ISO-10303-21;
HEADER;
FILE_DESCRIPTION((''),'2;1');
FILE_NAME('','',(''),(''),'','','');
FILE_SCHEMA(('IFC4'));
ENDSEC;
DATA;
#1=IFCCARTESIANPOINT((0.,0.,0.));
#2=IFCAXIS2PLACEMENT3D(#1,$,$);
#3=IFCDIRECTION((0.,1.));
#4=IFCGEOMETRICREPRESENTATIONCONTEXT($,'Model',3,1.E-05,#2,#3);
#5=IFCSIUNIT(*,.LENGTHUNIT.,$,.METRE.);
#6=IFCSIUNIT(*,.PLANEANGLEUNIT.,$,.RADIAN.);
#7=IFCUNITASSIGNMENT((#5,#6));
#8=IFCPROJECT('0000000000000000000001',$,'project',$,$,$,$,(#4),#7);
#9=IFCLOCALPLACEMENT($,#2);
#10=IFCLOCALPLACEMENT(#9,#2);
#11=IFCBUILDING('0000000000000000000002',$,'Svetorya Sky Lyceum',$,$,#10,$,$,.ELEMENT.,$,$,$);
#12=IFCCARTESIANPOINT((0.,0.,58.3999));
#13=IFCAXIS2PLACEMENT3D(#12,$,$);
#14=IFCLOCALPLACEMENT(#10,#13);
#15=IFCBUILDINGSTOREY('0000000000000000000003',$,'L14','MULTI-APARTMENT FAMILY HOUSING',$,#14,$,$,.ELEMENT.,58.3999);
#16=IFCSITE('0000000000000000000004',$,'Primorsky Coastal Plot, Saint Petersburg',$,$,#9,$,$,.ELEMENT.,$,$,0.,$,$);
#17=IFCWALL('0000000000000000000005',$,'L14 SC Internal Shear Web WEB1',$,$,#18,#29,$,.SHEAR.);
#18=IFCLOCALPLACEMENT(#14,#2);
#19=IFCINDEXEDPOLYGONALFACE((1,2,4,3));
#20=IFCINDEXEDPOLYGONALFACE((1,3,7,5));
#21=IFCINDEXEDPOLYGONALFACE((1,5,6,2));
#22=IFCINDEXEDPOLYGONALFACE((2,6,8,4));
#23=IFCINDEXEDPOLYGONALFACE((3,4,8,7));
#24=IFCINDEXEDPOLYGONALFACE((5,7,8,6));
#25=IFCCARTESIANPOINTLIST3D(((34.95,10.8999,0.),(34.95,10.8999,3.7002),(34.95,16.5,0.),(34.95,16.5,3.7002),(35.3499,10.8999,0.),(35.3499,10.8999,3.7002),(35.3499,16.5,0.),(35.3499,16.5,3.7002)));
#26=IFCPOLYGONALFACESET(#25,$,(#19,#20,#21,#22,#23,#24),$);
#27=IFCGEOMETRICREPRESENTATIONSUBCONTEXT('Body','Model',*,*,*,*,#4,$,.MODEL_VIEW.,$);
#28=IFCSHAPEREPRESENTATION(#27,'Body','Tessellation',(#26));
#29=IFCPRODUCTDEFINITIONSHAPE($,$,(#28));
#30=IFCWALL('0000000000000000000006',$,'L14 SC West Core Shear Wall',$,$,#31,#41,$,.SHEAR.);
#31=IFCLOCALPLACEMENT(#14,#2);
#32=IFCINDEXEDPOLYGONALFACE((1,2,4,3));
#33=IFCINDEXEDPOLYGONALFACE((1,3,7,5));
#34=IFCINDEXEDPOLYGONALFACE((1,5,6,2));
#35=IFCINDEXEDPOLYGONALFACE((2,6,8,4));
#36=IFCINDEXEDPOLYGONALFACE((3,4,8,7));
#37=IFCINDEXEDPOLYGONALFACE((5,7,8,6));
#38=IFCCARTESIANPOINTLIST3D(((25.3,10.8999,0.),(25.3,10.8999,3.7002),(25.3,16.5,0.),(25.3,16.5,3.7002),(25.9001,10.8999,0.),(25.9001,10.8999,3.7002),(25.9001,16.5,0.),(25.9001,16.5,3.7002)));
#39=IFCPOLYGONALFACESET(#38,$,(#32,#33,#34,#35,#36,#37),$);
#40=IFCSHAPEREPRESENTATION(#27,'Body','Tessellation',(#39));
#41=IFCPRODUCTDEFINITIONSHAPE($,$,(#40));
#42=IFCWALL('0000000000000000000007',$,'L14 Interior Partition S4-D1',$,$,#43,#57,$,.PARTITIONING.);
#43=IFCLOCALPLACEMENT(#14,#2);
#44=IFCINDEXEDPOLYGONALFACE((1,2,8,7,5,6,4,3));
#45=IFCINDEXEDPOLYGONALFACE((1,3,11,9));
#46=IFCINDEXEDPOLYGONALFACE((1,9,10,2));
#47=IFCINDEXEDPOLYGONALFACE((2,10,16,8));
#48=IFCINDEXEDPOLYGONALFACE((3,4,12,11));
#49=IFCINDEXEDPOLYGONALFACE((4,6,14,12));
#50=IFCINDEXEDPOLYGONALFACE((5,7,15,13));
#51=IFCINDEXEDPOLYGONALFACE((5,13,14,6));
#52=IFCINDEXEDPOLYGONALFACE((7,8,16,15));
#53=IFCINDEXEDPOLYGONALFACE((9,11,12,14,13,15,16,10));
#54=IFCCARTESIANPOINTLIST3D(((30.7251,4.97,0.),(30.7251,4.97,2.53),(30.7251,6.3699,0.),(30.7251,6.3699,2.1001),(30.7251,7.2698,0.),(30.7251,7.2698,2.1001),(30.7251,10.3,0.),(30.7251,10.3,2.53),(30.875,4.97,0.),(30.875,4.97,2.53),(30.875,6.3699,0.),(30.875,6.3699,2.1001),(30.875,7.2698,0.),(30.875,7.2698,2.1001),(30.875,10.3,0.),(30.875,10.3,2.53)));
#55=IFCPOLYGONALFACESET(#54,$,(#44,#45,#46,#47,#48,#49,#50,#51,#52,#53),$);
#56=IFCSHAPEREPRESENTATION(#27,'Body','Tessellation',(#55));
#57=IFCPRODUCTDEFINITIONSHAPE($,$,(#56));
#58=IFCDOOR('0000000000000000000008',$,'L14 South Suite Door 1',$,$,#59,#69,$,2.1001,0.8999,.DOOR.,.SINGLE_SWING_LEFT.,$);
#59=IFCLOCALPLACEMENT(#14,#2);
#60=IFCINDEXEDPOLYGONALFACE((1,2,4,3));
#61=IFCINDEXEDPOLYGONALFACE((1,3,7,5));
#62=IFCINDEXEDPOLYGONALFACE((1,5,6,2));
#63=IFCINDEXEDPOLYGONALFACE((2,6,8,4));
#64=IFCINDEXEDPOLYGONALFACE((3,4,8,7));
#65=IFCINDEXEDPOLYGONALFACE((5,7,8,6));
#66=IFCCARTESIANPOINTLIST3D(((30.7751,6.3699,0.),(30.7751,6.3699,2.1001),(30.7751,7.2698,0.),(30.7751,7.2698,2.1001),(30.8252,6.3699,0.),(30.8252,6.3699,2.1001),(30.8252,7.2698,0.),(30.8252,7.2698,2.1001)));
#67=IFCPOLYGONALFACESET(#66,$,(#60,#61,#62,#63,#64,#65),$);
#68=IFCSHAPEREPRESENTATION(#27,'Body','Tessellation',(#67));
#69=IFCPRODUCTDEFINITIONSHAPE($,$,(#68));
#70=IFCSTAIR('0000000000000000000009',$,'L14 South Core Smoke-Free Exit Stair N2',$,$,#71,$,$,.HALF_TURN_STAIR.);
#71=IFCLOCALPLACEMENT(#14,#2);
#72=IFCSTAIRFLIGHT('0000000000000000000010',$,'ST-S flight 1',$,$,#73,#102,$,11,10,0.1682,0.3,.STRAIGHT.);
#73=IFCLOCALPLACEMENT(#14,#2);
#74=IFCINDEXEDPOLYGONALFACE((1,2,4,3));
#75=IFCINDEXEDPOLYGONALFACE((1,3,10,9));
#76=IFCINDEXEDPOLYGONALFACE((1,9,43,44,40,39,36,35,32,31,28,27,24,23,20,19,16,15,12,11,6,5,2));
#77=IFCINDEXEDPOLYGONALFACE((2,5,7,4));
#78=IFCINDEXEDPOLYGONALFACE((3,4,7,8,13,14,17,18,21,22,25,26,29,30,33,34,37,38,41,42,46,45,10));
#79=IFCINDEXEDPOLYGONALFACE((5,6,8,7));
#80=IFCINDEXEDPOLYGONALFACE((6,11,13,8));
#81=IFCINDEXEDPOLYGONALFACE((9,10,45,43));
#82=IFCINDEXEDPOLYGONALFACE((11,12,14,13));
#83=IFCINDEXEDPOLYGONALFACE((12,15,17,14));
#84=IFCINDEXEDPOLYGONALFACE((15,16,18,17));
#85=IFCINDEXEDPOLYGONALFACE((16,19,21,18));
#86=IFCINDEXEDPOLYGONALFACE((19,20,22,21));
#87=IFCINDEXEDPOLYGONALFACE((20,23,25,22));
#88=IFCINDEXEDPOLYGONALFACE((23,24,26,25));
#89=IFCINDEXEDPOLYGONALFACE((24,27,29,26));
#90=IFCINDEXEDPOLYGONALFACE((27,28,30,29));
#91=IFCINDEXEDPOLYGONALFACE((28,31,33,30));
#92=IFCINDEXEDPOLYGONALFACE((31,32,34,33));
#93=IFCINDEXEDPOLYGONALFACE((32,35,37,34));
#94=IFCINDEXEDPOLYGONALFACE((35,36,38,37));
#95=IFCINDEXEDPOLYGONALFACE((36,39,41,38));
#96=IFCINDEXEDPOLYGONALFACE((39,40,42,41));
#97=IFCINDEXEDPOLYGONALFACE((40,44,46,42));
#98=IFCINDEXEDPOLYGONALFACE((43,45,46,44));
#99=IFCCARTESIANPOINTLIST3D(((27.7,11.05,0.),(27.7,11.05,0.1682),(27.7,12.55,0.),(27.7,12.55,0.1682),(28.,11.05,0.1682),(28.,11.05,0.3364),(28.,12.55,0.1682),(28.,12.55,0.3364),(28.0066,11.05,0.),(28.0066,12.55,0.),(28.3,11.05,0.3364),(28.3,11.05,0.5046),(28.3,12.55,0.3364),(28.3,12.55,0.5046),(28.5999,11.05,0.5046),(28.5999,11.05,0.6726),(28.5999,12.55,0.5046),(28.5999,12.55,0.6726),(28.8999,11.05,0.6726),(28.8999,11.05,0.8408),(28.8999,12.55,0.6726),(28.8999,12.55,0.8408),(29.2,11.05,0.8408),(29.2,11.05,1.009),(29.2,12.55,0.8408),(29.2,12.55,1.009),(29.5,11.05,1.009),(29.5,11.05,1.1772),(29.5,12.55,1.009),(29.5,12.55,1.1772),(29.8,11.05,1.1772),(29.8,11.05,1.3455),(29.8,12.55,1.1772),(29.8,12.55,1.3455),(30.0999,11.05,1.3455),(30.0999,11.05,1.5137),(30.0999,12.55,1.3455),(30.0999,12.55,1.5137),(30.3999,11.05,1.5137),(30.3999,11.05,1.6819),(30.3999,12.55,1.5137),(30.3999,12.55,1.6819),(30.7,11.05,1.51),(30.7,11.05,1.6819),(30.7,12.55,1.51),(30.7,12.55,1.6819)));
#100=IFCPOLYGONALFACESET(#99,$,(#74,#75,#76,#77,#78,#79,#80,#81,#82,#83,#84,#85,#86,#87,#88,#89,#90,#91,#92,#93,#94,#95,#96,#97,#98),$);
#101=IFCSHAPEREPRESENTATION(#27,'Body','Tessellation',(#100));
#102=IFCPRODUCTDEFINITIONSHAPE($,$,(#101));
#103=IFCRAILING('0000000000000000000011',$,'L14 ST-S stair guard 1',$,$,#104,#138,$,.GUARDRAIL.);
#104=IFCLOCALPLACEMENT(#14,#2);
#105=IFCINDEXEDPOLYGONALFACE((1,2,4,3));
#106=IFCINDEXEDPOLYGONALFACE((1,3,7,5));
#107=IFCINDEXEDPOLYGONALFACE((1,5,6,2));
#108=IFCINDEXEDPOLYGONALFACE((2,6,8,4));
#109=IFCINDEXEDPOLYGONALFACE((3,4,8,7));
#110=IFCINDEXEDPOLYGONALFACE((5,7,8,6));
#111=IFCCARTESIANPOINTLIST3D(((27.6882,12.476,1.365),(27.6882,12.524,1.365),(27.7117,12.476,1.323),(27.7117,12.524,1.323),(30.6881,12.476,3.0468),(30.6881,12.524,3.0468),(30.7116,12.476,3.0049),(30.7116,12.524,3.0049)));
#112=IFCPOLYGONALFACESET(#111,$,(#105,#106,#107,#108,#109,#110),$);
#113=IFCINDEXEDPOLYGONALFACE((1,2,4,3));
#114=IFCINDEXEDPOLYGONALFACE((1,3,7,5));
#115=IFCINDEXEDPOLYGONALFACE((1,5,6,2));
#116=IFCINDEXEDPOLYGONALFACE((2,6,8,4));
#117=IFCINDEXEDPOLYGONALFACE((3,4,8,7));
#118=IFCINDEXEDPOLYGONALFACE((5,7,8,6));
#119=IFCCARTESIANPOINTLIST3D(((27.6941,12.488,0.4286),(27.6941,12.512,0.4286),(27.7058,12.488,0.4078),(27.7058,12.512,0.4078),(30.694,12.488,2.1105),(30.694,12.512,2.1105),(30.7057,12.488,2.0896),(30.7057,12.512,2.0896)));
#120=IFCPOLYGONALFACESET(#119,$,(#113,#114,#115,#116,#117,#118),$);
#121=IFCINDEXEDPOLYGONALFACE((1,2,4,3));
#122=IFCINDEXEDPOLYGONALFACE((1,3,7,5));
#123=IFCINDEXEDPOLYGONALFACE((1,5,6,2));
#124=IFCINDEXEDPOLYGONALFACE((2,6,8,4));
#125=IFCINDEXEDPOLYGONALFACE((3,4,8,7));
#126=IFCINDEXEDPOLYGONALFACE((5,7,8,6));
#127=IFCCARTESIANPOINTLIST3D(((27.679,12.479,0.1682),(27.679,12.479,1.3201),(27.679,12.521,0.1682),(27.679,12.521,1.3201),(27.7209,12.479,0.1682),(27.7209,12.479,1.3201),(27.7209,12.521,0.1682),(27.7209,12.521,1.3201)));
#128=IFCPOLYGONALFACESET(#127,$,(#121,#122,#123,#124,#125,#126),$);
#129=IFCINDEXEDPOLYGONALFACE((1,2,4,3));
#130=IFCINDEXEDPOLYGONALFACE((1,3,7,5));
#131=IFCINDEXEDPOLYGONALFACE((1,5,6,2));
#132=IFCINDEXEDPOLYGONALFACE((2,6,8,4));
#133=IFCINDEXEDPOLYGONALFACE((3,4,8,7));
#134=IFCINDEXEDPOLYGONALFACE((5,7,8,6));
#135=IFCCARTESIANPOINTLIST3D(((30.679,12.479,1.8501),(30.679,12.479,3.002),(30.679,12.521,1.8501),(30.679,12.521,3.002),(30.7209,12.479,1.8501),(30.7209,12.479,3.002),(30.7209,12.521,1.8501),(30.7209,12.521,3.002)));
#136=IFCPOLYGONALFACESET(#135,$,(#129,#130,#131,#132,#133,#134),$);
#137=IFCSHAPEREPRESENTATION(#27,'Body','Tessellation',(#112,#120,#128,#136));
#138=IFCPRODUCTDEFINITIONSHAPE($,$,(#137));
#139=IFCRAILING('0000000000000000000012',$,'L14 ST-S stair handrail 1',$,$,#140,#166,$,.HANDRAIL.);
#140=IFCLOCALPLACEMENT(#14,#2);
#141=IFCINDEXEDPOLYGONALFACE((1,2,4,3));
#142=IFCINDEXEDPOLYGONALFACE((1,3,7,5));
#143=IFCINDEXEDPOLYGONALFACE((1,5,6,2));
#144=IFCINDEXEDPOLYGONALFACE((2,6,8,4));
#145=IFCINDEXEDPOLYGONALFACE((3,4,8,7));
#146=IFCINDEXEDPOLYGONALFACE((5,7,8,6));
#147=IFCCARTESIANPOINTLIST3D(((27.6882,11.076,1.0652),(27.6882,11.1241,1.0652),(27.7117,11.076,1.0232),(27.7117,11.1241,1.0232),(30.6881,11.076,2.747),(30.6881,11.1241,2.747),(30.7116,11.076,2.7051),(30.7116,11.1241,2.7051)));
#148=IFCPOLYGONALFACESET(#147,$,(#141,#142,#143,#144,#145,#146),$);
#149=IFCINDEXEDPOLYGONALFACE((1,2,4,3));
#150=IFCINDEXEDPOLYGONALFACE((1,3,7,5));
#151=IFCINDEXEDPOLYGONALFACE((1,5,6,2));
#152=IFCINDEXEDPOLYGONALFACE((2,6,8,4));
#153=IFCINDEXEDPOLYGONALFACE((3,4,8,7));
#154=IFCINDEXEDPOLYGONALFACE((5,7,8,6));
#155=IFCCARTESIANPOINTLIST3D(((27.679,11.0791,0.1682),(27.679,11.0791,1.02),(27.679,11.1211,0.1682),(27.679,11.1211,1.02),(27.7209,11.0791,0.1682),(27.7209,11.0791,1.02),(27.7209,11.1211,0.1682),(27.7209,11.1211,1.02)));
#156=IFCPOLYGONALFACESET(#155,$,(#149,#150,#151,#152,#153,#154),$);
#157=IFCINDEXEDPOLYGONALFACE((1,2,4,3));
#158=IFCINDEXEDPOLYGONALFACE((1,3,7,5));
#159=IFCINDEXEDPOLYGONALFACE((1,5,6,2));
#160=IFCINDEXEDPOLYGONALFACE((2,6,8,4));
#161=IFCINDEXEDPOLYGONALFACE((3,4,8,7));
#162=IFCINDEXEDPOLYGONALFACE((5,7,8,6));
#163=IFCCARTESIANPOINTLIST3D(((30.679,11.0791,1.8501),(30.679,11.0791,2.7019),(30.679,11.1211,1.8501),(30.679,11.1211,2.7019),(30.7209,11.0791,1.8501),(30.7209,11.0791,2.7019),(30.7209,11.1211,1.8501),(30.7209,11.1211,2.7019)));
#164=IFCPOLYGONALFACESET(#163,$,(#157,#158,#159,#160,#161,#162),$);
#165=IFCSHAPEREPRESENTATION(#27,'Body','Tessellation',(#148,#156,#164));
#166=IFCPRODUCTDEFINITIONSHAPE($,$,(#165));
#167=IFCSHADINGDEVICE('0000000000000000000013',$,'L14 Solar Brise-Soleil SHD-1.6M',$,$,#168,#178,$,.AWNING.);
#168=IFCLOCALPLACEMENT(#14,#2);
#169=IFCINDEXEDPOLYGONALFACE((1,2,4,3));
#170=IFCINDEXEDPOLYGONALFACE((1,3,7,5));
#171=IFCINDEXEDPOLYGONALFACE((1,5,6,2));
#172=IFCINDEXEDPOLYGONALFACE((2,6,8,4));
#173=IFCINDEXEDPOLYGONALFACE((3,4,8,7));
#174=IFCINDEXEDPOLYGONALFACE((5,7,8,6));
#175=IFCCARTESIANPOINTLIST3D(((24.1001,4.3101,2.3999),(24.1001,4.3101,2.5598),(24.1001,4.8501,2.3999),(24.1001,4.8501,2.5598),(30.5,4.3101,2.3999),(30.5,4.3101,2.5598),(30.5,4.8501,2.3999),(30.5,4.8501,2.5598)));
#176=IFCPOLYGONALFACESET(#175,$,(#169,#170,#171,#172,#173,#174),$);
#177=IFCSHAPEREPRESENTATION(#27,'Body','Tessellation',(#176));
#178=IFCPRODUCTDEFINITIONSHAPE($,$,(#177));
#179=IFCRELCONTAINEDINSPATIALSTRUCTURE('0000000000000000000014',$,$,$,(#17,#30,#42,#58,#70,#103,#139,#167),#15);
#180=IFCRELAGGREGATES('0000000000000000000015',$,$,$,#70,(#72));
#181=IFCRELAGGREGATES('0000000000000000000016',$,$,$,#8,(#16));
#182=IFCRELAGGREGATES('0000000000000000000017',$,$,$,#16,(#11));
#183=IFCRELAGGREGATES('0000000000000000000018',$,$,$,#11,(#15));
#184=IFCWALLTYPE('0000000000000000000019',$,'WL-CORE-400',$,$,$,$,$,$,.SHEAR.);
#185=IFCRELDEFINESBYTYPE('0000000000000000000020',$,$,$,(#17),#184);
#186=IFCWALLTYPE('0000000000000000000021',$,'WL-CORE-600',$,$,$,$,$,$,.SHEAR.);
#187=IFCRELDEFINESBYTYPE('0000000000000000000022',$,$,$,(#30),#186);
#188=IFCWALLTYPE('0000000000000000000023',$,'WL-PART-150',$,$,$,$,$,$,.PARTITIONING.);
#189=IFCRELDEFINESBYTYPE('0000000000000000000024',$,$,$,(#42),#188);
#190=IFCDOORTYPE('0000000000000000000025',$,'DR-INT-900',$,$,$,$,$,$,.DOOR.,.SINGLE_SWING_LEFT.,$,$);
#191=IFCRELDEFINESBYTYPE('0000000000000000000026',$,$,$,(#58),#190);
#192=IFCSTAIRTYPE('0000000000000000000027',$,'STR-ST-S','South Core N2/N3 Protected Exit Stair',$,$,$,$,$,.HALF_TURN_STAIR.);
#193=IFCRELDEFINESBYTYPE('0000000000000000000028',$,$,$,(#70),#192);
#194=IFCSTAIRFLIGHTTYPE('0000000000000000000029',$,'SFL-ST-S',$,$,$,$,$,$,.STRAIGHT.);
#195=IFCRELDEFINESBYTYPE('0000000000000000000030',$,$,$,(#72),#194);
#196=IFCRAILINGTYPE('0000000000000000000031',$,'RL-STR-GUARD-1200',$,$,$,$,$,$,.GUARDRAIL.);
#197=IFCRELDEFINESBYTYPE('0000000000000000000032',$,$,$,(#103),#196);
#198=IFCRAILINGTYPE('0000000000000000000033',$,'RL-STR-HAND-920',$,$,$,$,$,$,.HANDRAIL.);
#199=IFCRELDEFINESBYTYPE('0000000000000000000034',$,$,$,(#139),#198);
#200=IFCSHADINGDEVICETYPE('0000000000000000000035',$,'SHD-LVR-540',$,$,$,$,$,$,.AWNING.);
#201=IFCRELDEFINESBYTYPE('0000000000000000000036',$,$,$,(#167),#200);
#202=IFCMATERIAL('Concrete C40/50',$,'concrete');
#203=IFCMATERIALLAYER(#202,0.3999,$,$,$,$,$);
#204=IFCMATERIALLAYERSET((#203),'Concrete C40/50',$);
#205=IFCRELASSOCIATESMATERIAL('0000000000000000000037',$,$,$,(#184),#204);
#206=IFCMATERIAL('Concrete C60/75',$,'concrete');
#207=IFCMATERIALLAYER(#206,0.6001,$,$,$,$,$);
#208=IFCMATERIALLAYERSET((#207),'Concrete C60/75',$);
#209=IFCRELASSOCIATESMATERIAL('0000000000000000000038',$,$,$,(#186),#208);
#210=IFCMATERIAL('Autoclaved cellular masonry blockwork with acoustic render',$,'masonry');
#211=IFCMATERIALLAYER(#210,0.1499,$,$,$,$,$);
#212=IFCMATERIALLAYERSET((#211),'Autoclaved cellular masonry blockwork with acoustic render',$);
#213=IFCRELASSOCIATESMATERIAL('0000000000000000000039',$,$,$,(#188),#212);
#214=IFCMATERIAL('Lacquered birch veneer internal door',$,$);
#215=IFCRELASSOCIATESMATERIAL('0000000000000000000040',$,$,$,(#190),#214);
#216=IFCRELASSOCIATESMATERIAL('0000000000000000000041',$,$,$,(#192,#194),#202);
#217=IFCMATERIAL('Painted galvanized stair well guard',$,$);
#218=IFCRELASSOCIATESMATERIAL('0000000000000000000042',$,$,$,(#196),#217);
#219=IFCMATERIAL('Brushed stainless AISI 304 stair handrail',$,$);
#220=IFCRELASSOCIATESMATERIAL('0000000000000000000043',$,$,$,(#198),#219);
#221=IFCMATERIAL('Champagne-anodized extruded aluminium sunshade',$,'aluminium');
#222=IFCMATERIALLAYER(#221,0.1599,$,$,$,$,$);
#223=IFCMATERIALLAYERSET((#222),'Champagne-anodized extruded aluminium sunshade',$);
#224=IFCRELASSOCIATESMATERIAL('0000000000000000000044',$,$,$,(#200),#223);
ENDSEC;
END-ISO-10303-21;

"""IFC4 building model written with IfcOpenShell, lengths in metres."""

from ifc_helpers import new_model, si_unit, direction, frame, frame_2d, origin, origin_2d, place, context, subcontext, project, spatial, polyline, rectangle, outline, extrude, material, layer, layer_set, type_object, element, fill, aggregate, save


model = new_model("IFC4")

# Units and contexts
model_context = context("Model", 3, precision=1e-05, world=origin(), true_north=direction((0.0, 1.0)))
body_context = subcontext(model_context, "Body", "Model", "MODEL_VIEW")
ifc_project = project(units=[si_unit("LENGTHUNIT", "METRE"), si_unit("PLANEANGLEUNIT", "RADIAN")], contexts=[model_context])

# Site, building, storey
site_placement = place(None, origin())
site = spatial("IfcSite", under=ifc_project, at=site_placement, Name="Primorsky Coastal Plot, Saint Petersburg", CompositionType="ELEMENT", RefElevation=0.0)
building_placement = place(site_placement, origin())
building = spatial("IfcBuilding", under=site, at=building_placement, Name="Svetorya Sky Lyceum", CompositionType="ELEMENT")
storey_placement = place(building_placement, frame((0.0, 0.0, 58.3999)))
storey = spatial("IfcBuildingStorey", under=building, at=storey_placement, Name="L14", Description="MULTI-APARTMENT FAMILY HOUSING", CompositionType="ELEMENT", Elevation=58.3999)

# Shared definitions
ifc_material_1 = material(Name="Concrete C60/75", Category="concrete")

# Walls
ifc_material_2 = material(Name="Concrete C40/50", Category="concrete")
ifc_layer_1 = layer(ifc_material_2, 0.3999)
ifc_layer_set_1 = layer_set([ifc_layer_1], Name="Concrete C40/50")
wall_type_1 = type_object("IfcWallType", Name="WL-CORE-400", PredefinedType="SHEAR", material=ifc_layer_set_1)
wall_1_placement = place(storey_placement, frame((35.1499, 10.8999, 0.0), z_axis=(0.0, 0.0, 1.0), x_axis=(0.0, 1.0, 0.0)))
element("IfcWall", 1, at=wall_1_placement, inside=storey, type_object=wall_type_1, Name="L14 SC Internal Shear Web WEB1", PredefinedType="SHEAR", context=body_context, shape_type="SweptSolid", body=[
    extrude(rectangle(XDim=5.6001, YDim=0.3999, at=frame_2d((2.8, 0.0))), origin(), (0.0, 0.0, 1.0), 3.7002),
])
ifc_layer_2 = layer(ifc_material_1, 0.6001)
ifc_layer_set_2 = layer_set([ifc_layer_2], Name="Concrete C60/75")
wall_type_2 = type_object("IfcWallType", Name="WL-CORE-600", PredefinedType="SHEAR", material=ifc_layer_set_2)
wall_2_placement = place(storey_placement, frame((25.6001, 10.8999, 0.0), z_axis=(0.0, 0.0, 1.0), x_axis=(0.0, 1.0, 0.0)))
element("IfcWall", 2, at=wall_2_placement, inside=storey, type_object=wall_type_2, Name="L14 SC West Core Shear Wall", PredefinedType="SHEAR", context=body_context, shape_type="SweptSolid", body=[
    extrude(rectangle(XDim=5.6001, YDim=0.6001, at=frame_2d((2.8, 0.0))), origin(), (0.0, 0.0, 1.0), 3.7002),
])

# Wall, opening, door
ifc_material_3 = material(Name="Autoclaved cellular masonry blockwork with acoustic render", Category="masonry")
ifc_layer_3 = layer(ifc_material_3, 0.1499)
ifc_layer_set_3 = layer_set([ifc_layer_3], Name="Autoclaved cellular masonry blockwork with acoustic render")
wall_type_3 = type_object("IfcWallType", Name="WL-PART-150", PredefinedType="PARTITIONING", material=ifc_layer_set_3)
wall_3_placement = place(storey_placement, frame((30.8, 4.97, 0.0), z_axis=(0.0, 0.0, 1.0), x_axis=(0.0, 1.0, 0.0)))
wall_3 = element("IfcWall", 3, at=wall_3_placement, inside=storey, type_object=wall_type_3, Name="L14 Interior Partition S4-D1", PredefinedType="PARTITIONING", context=body_context, shape_type="SweptSolid", body=[
    extrude(rectangle(XDim=5.3301, YDim=0.1499, at=frame_2d((2.665, 0.0))), origin(), (0.0, 0.0, 1.0), 2.53),
])
opening_placement = place(wall_3_placement, frame((1.3999, 0.0, 0.0)))
opening = element("IfcOpeningElement", 4, at=opening_placement, cuts=wall_3, PredefinedType="OPENING", context=body_context, shape_type="SweptSolid", body=[
    extrude(rectangle(XDim=0.8999, YDim=2.1001, at=frame_2d((0.45, 1.05))), frame((0.0, 0.085, 0.0), z_axis=(0.0, -1.0, 0.0), x_axis=(1.0, 0.0, 0.0)), (0.0, 0.0, 1.0), 0.1699),
])
ifc_material_4 = material(Name="Lacquered birch veneer internal door")
door_type = type_object("IfcDoorType", Name="DR-INT-900", OperationType="SINGLE_SWING_LEFT", PredefinedType="DOOR", material=ifc_material_4)
door_placement = place(opening_placement, origin())
door = element("IfcDoor", 5, at=door_placement, inside=storey, type_object=door_type, Name="L14 South Suite Door 1", OperationType="SINGLE_SWING_LEFT", OverallHeight=2.1001, OverallWidth=0.8999, PredefinedType="DOOR", context=body_context, shape_type="SweptSolid", body=[
    extrude(rectangle(XDim=0.8999, YDim=2.1001, at=frame_2d((0.45, 1.05))), frame((0.0, 0.0249, 0.0), z_axis=(0.0, -1.0, 0.0), x_axis=(1.0, 0.0, 0.0)), (0.0, 0.0, 1.0), 0.05),
])
fill(opening, door)

# Stair, stair flight
stair_type = type_object("IfcStairType", Name="STR-ST-S", Description="South Core N2/N3 Protected Exit Stair", PredefinedType="HALF_TURN_STAIR", material=ifc_material_2)
stair_placement = place(storey_placement, origin())
stair = element("IfcStair", 6, at=stair_placement, inside=storey, type_object=stair_type, Name="L14 South Core Smoke-Free Exit Stair N2", PredefinedType="HALF_TURN_STAIR")
stair_flight_type = type_object("IfcStairFlightType", Name="SFL-ST-S", PredefinedType="STRAIGHT", material=ifc_material_2)
stair_flight_placement = place(storey_placement, frame((27.7, 11.8, 0.0), z_axis=(0.0, 0.0, 1.0), x_axis=(1.0, 0.0, 0.0)))
stair_flight = element("IfcStairFlight", 7, at=stair_flight_placement, type_object=stair_flight_type, Name="ST-S flight 1", NumberOfRisers=11, NumberOfTreads=10, PredefinedType="STRAIGHT", RiserHeight=0.1682, TreadLength=0.3, context=body_context, shape_type="SweptSolid", body=[
    extrude(outline(polyline([(0.0, 0.0), (0.0, 0.1682), (0.3, 0.1682), (0.3, 0.3364), (0.6001, 0.3364), (0.6001, 0.5046), (0.8999, 0.5046), (0.8999, 0.6726), (1.2, 0.6726), (1.2, 0.8408), (1.5, 0.8408), (1.5, 1.009), (1.8, 1.009), (1.8, 1.1772), (2.1001, 1.1772), (2.1001, 1.3455), (2.3999, 1.3455), (2.3999, 1.5137), (2.7, 1.5137), (2.7, 1.6819), (3.0, 1.6819), (3.0, 1.8501), (3.0, 1.51), (0.3066, 0.0), (0.0, 0.0)])), frame((0.0, 0.75, 0.0), z_axis=(0.0, -1.0, 0.0), x_axis=(1.0, 0.0, 0.0)), (0.0, 0.0, 1.0), 1.5),
])
aggregate(stair, [stair_flight])

# Railings
ifc_material_5 = material(Name="Painted galvanized stair well guard")
railing_type_1 = type_object("IfcRailingType", Name="RL-STR-GUARD-1200", PredefinedType="GUARDRAIL", material=ifc_material_5)
railing_1_placement = place(storey_placement, frame((27.7, 12.5, 0.1682)))
element("IfcRailing", 8, at=railing_1_placement, inside=storey, type_object=railing_type_1, Name="L14 ST-S stair guard 1", PredefinedType="GUARDRAIL", context=body_context, shape_type="SweptSolid", body=[
    extrude(rectangle(XDim=0.0481, YDim=0.0481, at=origin_2d()), frame((0.0, 0.0, 1.1758), z_axis=(0.872272, 0.0, 0.48902), x_axis=(0.0, 1.0, 0.0)), (0.0, 0.0, 1.0), 3.4392),
    extrude(rectangle(XDim=0.0239, YDim=0.0239, at=origin_2d()), frame((0.0, 0.0, 0.25), z_axis=(0.872272, 0.0, 0.48902), x_axis=(0.0, 1.0, 0.0)), (0.0, 0.0, 1.0), 3.4392),
    extrude(rectangle(XDim=0.042, YDim=0.042, at=origin_2d()), origin(), (0.0, 0.0, 1.0), 1.1519),
    extrude(rectangle(XDim=0.042, YDim=0.042, at=origin_2d()), frame((3.0, 0.0, 1.6819)), (0.0, 0.0, 1.0), 1.1519),
])
ifc_material_6 = material(Name="Brushed stainless AISI 304 stair handrail")
railing_type_2 = type_object("IfcRailingType", Name="RL-STR-HAND-920", PredefinedType="HANDRAIL", material=ifc_material_6)
railing_2_placement = place(storey_placement, frame((27.7, 11.1001, 0.1682)))
element("IfcRailing", 9, at=railing_2_placement, inside=storey, type_object=railing_type_2, Name="L14 ST-S stair handrail 1", PredefinedType="HANDRAIL", context=body_context, shape_type="SweptSolid", body=[
    extrude(rectangle(XDim=0.0481, YDim=0.0481, at=origin_2d()), frame((0.0, 0.0, 0.876), z_axis=(0.872272, 0.0, 0.48902), x_axis=(0.0, 1.0, 0.0)), (0.0, 0.0, 1.0), 3.4392),
    extrude(rectangle(XDim=0.042, YDim=0.042, at=origin_2d()), origin(), (0.0, 0.0, 1.0), 0.8518),
    extrude(rectangle(XDim=0.042, YDim=0.042, at=origin_2d()), frame((3.0, 0.0, 1.6819)), (0.0, 0.0, 1.0), 0.8518),
])

# Shading device
ifc_material_7 = material(Name="Champagne-anodized extruded aluminium sunshade", Category="aluminium")
ifc_layer_4 = layer(ifc_material_7, 0.1599)
ifc_layer_set_4 = layer_set([ifc_layer_4], Name="Champagne-anodized extruded aluminium sunshade")
shading_device_type = type_object("IfcShadingDeviceType", Name="SHD-LVR-540", PredefinedType="AWNING", material=ifc_layer_set_4)
shading_device_placement = place(storey_placement, frame((27.3, 4.5801, 2.3999), z_axis=(0.0, 0.0, 1.0), x_axis=(1.0, 0.0, 0.0)))
element("IfcShadingDevice", 10, at=shading_device_placement, inside=storey, type_object=shading_device_type, Name="L14 Solar Brise-Soleil SHD-1.6M", PredefinedType="AWNING", context=body_context, shape_type="SweptSolid", body=[
    extrude(rectangle(XDim=6.3999, YDim=0.54, at=origin_2d()), origin(), (0.0, 0.0, 1.0), 0.1599),
])

save(model, "model.ifc")
